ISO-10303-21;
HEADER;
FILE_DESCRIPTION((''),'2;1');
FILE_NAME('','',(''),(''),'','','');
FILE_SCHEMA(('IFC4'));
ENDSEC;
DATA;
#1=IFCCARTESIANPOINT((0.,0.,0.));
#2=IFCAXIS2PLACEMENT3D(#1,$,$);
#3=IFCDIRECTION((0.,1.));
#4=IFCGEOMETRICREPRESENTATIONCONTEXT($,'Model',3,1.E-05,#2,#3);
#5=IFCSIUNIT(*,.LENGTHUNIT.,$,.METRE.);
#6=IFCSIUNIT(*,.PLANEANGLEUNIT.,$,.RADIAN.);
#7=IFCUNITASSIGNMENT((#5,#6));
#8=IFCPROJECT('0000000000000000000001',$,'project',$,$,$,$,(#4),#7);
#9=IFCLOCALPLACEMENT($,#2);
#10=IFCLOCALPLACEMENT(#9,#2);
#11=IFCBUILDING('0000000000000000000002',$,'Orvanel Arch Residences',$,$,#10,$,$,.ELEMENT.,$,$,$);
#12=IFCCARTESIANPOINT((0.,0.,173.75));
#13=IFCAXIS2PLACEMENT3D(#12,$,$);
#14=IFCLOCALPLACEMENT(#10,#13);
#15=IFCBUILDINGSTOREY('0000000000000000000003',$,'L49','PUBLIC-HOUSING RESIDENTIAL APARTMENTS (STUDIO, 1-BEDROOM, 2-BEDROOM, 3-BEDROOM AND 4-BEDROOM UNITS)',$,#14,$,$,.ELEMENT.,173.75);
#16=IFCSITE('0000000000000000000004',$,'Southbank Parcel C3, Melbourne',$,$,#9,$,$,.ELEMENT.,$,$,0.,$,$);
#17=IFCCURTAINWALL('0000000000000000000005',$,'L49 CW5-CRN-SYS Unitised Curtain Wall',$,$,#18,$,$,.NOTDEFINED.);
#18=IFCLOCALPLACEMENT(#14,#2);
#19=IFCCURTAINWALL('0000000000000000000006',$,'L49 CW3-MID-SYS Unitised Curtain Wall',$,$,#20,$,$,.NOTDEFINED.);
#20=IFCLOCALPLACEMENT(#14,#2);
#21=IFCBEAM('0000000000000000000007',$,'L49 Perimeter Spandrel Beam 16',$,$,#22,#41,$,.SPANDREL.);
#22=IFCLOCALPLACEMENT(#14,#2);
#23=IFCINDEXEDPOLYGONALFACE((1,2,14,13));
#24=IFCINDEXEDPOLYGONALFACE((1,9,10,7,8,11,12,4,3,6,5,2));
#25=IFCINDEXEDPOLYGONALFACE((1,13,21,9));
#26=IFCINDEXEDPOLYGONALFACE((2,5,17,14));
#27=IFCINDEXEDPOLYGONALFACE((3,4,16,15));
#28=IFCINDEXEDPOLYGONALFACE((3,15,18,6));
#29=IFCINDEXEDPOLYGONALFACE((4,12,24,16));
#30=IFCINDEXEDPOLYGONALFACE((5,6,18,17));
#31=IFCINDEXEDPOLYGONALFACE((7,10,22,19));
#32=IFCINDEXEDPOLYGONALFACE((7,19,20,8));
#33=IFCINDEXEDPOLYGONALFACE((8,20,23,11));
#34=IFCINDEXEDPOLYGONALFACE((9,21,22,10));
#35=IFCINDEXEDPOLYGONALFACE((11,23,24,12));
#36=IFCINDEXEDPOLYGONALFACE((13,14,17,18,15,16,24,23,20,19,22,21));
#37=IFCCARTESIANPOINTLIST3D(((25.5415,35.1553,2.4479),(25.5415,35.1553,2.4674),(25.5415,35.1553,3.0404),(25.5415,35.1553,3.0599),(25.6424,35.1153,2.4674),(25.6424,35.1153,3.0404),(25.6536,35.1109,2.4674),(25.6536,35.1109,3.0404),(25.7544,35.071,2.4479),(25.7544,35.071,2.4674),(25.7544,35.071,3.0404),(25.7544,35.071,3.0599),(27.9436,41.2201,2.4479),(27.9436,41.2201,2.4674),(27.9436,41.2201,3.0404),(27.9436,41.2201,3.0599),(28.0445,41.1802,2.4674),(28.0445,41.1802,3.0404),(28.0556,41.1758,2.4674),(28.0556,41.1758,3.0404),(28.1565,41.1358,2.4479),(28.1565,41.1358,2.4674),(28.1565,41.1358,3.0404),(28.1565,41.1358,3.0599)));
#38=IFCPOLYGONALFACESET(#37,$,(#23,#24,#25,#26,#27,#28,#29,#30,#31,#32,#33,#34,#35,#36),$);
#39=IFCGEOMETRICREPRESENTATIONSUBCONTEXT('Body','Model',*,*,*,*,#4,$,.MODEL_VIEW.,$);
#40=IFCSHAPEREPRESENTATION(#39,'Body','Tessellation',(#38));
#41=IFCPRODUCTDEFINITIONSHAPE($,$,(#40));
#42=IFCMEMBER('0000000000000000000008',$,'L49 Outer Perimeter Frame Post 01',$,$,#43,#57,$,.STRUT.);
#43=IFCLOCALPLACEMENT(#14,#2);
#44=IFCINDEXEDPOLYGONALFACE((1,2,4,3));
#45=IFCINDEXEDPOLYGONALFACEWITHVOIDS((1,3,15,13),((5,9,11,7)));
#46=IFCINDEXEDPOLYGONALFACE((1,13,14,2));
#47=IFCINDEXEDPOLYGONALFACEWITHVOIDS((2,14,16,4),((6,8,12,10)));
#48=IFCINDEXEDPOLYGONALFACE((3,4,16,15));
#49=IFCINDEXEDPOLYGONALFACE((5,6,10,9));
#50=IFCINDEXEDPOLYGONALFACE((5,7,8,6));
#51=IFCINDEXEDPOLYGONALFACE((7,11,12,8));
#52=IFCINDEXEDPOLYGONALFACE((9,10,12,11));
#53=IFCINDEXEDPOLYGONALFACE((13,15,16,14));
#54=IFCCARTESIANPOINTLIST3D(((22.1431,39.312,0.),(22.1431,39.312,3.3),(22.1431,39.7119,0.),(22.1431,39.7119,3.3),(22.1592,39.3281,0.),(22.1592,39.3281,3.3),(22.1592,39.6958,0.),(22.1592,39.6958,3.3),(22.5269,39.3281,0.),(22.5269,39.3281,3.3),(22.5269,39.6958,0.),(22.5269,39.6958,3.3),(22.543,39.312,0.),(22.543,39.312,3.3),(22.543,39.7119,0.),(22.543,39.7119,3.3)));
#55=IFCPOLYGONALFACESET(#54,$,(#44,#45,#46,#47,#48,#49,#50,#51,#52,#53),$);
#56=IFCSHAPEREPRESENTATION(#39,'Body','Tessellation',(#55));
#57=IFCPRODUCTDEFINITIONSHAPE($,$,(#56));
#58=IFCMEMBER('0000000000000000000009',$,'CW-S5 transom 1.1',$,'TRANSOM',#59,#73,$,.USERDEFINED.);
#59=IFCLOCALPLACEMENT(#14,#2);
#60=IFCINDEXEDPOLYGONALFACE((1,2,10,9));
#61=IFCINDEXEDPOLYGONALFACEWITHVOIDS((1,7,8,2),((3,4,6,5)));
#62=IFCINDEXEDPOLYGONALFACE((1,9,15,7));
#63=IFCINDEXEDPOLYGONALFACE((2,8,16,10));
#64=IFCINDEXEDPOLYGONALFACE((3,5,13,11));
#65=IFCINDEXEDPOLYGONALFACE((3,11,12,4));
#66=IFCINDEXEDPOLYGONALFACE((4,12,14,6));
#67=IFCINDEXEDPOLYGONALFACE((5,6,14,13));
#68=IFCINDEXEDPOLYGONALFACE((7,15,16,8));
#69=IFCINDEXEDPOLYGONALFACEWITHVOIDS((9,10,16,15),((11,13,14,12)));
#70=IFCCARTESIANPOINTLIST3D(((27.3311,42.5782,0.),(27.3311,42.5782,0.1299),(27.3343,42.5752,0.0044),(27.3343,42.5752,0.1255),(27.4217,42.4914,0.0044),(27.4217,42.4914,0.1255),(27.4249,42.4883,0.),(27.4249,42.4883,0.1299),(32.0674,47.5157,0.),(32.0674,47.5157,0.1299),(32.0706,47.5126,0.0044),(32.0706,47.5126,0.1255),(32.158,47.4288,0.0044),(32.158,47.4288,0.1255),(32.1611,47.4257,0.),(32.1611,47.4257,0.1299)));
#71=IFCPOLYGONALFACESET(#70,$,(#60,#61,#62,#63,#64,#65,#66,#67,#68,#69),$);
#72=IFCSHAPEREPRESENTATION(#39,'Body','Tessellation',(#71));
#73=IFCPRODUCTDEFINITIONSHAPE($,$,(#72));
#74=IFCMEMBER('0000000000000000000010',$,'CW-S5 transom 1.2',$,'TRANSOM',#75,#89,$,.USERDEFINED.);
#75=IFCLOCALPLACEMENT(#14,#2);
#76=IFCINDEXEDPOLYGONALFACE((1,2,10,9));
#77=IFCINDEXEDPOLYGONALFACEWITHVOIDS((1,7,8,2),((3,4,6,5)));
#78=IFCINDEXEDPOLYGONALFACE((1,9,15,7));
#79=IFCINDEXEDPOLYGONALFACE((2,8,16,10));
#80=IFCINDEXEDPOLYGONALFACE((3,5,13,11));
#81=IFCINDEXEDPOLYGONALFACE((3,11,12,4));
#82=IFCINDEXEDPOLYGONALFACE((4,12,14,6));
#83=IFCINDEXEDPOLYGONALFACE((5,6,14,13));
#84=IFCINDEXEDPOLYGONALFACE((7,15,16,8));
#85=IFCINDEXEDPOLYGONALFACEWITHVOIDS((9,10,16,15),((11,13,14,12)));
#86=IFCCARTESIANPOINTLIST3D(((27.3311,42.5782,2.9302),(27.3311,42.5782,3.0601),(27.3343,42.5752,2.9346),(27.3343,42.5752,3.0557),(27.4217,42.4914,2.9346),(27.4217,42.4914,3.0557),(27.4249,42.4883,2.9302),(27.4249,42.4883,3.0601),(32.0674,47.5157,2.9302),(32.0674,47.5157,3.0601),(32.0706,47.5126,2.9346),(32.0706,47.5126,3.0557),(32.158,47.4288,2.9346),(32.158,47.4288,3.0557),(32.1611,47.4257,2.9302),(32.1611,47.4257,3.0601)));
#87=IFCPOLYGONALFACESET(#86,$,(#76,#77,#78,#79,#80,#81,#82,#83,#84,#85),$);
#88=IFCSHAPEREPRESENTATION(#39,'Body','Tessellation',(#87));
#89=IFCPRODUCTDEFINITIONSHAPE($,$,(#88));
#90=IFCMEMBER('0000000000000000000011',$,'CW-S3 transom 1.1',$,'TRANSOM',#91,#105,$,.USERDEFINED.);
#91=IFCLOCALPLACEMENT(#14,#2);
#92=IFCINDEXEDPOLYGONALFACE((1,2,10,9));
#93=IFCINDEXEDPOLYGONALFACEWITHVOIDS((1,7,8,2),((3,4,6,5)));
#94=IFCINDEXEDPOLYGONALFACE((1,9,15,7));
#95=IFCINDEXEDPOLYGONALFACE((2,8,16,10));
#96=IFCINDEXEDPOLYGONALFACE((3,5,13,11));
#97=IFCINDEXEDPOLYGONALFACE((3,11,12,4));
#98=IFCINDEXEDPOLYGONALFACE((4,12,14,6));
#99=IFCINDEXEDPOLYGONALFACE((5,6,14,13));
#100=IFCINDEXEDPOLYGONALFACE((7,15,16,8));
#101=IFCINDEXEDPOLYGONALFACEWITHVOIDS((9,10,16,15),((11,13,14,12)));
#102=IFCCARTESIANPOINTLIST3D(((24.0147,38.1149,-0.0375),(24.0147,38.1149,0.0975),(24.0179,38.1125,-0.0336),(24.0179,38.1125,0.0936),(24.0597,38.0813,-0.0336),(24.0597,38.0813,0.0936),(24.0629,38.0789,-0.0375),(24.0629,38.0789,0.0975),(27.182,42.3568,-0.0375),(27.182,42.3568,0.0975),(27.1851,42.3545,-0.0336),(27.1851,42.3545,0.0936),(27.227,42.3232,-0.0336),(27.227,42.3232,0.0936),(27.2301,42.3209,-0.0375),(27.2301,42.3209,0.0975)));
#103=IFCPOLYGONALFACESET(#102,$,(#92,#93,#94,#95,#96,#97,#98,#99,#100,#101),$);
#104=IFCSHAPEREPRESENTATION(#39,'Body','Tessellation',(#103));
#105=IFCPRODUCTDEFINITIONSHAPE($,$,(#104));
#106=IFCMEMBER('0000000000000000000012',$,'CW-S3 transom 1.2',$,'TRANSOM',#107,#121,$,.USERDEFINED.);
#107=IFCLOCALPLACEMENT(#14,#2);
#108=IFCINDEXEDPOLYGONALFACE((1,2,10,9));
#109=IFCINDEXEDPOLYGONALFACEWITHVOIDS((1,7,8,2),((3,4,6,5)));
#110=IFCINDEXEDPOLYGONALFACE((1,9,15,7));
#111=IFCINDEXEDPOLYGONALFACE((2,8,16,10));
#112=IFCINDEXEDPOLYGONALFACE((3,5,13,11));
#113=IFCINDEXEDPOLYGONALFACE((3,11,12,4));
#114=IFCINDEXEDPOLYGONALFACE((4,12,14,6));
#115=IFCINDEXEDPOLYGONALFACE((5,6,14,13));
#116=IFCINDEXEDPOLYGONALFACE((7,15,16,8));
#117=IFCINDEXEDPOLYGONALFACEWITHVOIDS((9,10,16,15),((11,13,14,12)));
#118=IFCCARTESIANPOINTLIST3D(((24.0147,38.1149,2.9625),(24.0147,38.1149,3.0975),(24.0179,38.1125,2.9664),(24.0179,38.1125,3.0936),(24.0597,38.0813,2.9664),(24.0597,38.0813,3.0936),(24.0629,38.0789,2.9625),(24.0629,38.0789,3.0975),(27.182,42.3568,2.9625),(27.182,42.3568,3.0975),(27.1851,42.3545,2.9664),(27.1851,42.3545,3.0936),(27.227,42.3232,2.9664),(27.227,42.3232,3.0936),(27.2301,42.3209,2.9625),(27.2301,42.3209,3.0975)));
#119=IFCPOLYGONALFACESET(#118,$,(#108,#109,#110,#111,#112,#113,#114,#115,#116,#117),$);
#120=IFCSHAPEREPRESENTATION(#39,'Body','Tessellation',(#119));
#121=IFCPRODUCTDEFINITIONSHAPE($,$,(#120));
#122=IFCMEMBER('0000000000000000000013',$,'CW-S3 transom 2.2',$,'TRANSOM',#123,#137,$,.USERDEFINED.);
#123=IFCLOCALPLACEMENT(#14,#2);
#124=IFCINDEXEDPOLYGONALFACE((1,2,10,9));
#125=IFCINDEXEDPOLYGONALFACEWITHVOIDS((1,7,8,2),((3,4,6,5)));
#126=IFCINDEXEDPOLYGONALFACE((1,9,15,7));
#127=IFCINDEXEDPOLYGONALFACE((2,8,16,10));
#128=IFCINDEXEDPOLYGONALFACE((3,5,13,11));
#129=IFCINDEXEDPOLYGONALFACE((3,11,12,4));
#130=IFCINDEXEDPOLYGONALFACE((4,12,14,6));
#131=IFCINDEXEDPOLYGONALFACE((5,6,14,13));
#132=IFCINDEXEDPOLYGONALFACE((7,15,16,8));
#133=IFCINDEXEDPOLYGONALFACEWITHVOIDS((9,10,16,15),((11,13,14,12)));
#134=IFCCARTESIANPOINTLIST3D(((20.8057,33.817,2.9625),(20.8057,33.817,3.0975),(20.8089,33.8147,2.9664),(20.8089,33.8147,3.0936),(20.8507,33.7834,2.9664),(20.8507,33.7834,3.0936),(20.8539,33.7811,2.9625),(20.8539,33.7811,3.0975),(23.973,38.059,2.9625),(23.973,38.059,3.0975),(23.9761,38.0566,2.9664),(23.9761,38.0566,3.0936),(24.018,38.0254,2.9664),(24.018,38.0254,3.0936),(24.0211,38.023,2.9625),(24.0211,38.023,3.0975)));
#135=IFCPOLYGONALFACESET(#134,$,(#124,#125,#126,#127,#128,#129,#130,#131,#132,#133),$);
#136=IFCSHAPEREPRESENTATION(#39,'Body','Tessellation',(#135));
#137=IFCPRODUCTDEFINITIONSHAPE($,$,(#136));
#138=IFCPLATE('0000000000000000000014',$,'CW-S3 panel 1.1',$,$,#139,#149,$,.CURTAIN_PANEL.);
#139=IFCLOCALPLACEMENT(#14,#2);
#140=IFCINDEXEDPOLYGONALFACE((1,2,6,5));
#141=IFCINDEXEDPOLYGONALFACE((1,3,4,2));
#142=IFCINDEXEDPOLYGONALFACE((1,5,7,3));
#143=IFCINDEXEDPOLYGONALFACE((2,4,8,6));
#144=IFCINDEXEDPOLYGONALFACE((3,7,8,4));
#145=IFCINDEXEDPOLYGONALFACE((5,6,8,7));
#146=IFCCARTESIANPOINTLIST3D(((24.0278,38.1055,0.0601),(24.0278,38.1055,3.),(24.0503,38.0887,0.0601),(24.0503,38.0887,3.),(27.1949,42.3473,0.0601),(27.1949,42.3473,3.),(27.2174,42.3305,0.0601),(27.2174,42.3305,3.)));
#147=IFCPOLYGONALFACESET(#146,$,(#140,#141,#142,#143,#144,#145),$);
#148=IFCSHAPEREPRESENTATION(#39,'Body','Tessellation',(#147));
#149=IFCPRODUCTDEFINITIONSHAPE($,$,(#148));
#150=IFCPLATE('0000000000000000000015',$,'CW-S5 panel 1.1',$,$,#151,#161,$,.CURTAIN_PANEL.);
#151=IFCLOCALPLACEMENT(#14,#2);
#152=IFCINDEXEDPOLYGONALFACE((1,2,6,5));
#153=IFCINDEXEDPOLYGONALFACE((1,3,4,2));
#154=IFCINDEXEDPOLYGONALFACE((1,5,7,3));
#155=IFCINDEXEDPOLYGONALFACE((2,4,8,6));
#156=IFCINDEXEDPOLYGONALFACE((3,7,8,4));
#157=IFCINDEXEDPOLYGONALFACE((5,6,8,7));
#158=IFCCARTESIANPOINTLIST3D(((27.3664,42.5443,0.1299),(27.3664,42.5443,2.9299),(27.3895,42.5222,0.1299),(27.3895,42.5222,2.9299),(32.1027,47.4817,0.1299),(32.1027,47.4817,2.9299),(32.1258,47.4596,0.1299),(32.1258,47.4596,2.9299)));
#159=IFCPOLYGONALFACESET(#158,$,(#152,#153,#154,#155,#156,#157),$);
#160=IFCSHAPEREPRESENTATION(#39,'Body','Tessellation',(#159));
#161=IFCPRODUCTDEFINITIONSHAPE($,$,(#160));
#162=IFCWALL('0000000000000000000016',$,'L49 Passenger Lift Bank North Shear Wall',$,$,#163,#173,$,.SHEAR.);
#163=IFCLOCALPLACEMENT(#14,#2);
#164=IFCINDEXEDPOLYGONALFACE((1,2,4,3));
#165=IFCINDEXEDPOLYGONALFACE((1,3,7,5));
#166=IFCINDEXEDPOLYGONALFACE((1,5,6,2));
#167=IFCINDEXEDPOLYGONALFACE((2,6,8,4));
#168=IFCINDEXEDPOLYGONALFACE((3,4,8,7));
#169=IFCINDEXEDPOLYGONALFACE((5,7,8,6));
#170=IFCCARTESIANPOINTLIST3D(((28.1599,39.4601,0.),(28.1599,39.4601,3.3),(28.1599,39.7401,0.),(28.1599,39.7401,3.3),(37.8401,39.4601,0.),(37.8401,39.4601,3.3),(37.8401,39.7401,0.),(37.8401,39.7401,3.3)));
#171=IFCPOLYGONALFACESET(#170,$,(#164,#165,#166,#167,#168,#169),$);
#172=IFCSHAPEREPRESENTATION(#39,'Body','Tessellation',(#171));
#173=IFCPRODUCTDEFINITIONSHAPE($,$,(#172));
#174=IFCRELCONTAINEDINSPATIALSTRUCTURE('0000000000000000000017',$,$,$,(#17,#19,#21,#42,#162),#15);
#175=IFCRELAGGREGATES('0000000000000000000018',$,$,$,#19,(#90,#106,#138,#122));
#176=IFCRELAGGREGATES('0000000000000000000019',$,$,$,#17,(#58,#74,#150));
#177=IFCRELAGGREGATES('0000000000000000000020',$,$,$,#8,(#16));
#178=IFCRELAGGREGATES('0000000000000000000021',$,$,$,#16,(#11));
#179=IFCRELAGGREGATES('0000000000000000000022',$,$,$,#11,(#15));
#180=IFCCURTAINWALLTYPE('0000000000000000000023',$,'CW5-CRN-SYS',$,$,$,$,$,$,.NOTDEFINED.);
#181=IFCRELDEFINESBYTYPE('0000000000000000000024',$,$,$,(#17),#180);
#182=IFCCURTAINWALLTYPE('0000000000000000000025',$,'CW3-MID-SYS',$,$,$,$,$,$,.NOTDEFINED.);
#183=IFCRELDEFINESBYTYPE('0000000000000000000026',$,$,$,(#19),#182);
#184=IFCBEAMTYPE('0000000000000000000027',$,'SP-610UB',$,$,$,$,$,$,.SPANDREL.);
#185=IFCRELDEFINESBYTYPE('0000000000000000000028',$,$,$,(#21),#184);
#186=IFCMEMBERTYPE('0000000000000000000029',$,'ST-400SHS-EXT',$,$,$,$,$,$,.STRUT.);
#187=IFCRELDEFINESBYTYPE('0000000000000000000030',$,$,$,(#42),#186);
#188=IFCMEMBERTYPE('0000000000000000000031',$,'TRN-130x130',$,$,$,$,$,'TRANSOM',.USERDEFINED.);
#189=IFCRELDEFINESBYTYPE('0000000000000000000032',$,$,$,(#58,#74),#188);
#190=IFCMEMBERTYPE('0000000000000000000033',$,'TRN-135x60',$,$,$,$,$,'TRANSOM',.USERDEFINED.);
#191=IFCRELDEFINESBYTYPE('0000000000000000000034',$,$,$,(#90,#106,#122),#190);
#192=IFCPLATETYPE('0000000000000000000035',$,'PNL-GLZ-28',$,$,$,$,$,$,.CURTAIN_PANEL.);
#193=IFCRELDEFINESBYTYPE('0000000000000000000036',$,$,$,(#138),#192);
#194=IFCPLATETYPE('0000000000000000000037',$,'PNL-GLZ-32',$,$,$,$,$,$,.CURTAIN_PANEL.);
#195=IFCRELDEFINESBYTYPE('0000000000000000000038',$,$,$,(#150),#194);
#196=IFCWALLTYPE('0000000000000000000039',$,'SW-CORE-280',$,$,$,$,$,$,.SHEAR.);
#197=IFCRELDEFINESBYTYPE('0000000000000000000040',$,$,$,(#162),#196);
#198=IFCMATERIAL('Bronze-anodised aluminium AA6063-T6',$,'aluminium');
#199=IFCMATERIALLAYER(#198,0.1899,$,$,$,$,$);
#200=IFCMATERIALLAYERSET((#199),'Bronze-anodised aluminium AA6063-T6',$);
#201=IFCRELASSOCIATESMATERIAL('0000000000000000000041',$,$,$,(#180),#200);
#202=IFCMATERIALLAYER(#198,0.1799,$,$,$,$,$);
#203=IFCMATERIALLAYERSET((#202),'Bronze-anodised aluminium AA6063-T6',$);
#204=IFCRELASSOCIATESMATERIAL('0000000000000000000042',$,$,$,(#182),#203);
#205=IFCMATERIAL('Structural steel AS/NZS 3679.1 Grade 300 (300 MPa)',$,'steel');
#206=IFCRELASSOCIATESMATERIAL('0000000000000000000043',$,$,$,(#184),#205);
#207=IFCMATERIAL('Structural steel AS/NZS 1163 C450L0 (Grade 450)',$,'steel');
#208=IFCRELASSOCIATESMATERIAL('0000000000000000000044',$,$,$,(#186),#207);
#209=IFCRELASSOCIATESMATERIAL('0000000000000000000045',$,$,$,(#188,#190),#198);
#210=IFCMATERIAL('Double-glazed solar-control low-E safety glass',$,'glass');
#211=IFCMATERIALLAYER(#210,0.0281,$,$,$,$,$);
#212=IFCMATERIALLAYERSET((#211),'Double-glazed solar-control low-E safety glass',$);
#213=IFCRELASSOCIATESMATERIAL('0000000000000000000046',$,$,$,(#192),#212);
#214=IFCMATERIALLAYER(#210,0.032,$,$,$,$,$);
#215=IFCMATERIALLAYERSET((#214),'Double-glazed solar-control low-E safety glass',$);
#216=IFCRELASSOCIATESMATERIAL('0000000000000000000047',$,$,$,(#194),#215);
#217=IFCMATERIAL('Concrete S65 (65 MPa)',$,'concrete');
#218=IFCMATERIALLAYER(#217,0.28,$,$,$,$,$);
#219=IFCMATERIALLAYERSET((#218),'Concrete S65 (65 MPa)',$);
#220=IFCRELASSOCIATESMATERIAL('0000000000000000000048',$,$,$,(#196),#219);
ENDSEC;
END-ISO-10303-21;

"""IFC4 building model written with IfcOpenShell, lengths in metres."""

from ifc_helpers import new_model, si_unit, direction, frame, frame_2d, origin, origin_2d, place, context, subcontext, project, spatial, rectangle, hollow_rectangle, i_section, extrude, material, layer, layer_set, material_profile, profile_set, type_object, element, aggregate, save


model = new_model("IFC4")

# Units and contexts
model_context = context("Model", 3, precision=1e-05, world=origin(), true_north=direction((0.0, 1.0)))
body_context = subcontext(model_context, "Body", "Model", "MODEL_VIEW")
ifc_project = project(units=[si_unit("LENGTHUNIT", "METRE"), si_unit("PLANEANGLEUNIT", "RADIAN")], contexts=[model_context])

# Site, building, storey
site_placement = place(None, origin())
site = spatial("IfcSite", under=ifc_project, at=site_placement, Name="Southbank Parcel C3, Melbourne", CompositionType="ELEMENT", RefElevation=0.0)
building_placement = place(site_placement, origin())
building = spatial("IfcBuilding", under=site, at=building_placement, Name="Orvanel Arch Residences", CompositionType="ELEMENT")
storey_placement = place(building_placement, frame((0.0, 0.0, 173.75)))
storey = spatial("IfcBuildingStorey", under=building, at=storey_placement, Name="L49", Description="PUBLIC-HOUSING RESIDENTIAL APARTMENTS (STUDIO, 1-BEDROOM, 2-BEDROOM, 3-BEDROOM AND 4-BEDROOM UNITS)", CompositionType="ELEMENT", Elevation=173.75)

# Shared definitions
ifc_material_1 = material(Name="Structural steel AS/NZS 3679.1 Grade 300 (300 MPa)", Category="steel")

# Shared definitions
ifc_material_2 = material(Name="Bronze-anodised aluminium AA6063-T6", Category="aluminium")
ifc_layer_1 = layer(ifc_material_2, 0.1899)
ifc_layer_set_1 = layer_set([ifc_layer_1], Name="Bronze-anodised aluminium AA6063-T6")
curtain_wall_type_1 = type_object("IfcCurtainWallType", Name="CW5-CRN-SYS", PredefinedType="NOTDEFINED", material=ifc_layer_set_1)

# Curtain walls
curtain_wall_1_placement = place(storey_placement, origin())
curtain_wall_1 = element("IfcCurtainWall", 1, at=curtain_wall_1_placement, inside=storey, type_object=curtain_wall_type_1, Name="L49 CW5-CRN-SYS Unitised Curtain Wall", PredefinedType="NOTDEFINED")
ifc_layer_2 = layer(ifc_material_2, 0.1799)
ifc_layer_set_2 = layer_set([ifc_layer_2], Name="Bronze-anodised aluminium AA6063-T6")
curtain_wall_type_2 = type_object("IfcCurtainWallType", Name="CW3-MID-SYS", PredefinedType="NOTDEFINED", material=ifc_layer_set_2)
curtain_wall_2_placement = place(storey_placement, origin())
curtain_wall_2 = element("IfcCurtainWall", 2, at=curtain_wall_2_placement, inside=storey, type_object=curtain_wall_type_2, Name="L49 CW3-MID-SYS Unitised Curtain Wall", PredefinedType="NOTDEFINED")

# Beam
ifc_material_profile_1 = material_profile(ifc_material_1, i_section(OverallWidth=0.229, OverallDepth=0.6121, WebThickness=0.012, FlangeThickness=0.0195, at=origin_2d()), Name="610UB125")
ifc_profile_set_1 = profile_set([ifc_material_profile_1], Name="Structural steel AS/NZS 3679.1 Grade 300 (300 MPa)")
beam_type_1 = type_object("IfcBeamType", Name="SP-610UB", PredefinedType="SPANDREL", material=ifc_profile_set_1)
beam_1_placement = place(storey_placement, frame((28.05, 41.178, 2.7539), z_axis=(-0.368233, -0.929733, 0.0), x_axis=(0.929733, -0.368233, 0.0)))
element("IfcBeam", 3, at=beam_1_placement, inside=storey, type_object=beam_type_1, Name="L49 Perimeter Spandrel Beam 16", PredefinedType="SPANDREL", context=body_context, shape_type="SweptSolid", body=[
    extrude(i_section(OverallWidth=0.229, OverallDepth=0.6121, WebThickness=0.012, FlangeThickness=0.0195, at=origin_2d()), origin(), (0.0, 0.0, 1.0), 6.5232),
])

# Members
ifc_material_3 = material(Name="Structural steel AS/NZS 1163 C450L0 (Grade 450)", Category="steel")
ifc_material_profile_2 = material_profile(ifc_material_3, hollow_rectangle(XDim=0.3999, YDim=0.3999, WallThickness=0.0161, at=origin_2d()), Name="SHS400x400x16")
ifc_profile_set_2 = profile_set([ifc_material_profile_2], Name="Structural steel AS/NZS 1163 C450L0 (Grade 450)")
member_type_1 = type_object("IfcMemberType", Name="ST-400SHS-EXT", PredefinedType="STRUT", material=ifc_profile_set_2)
member_1_placement = place(storey_placement, frame((22.343, 39.512, 0.0), z_axis=(0.0, 0.0, 1.0), x_axis=(1.0, 0.0, 0.0)))
element("IfcMember", 4, at=member_1_placement, inside=storey, type_object=member_type_1, Name="L49 Outer Perimeter Frame Post 01", PredefinedType="STRUT", context=body_context, shape_type="SweptSolid", body=[
    extrude(hollow_rectangle(XDim=0.3999, YDim=0.3999, WallThickness=0.0161, at=origin_2d()), origin(), (0.0, 0.0, 1.0), 3.3),
])
ifc_material_profile_3 = material_profile(ifc_material_2, hollow_rectangle(XDim=0.1299, YDim=0.1299, WallThickness=0.0044, at=origin_2d()), Name="ALU130x130x4.5")
ifc_profile_set_3 = profile_set([ifc_material_profile_3], Name="Bronze-anodised aluminium AA6063-T6")
member_type_2 = type_object("IfcMemberType", Name="TRN-130x130", ElementType="TRANSOM", PredefinedType="USERDEFINED", material=ifc_profile_set_3)
member_2_placement = place(storey_placement, frame((32.1143, 47.4707, 0.0649), z_axis=(-0.692252, -0.721655, 0.0), x_axis=(0.721655, -0.692252, 0.0)))
member_2 = element("IfcMember", 5, at=member_2_placement, type_object=member_type_2, Name="CW-S5 transom 1.1", ObjectType="TRANSOM", PredefinedType="USERDEFINED", context=body_context, shape_type="SweptSolid", body=[
    extrude(hollow_rectangle(XDim=0.1299, YDim=0.1299, WallThickness=0.0044, at=origin_2d()), origin(), (0.0, 0.0, 1.0), 6.8418),
])
member_3_placement = place(storey_placement, frame((32.1143, 47.4707, 2.9951), z_axis=(-0.692252, -0.721655, 0.0), x_axis=(0.721655, -0.692252, 0.0)))
member_3 = element("IfcMember", 6, at=member_3_placement, type_object=member_type_2, Name="CW-S5 transom 1.2", ObjectType="TRANSOM", PredefinedType="USERDEFINED", context=body_context, shape_type="SweptSolid", body=[
    extrude(hollow_rectangle(XDim=0.1299, YDim=0.1299, WallThickness=0.0044, at=origin_2d()), origin(), (0.0, 0.0, 1.0), 6.8418),
])
ifc_material_profile_4 = material_profile(ifc_material_2, hollow_rectangle(XDim=0.0601, YDim=0.135, WallThickness=0.0039, at=origin_2d()), Name="ALU135x60x4")
ifc_profile_set_4 = profile_set([ifc_material_profile_4], Name="Bronze-anodised aluminium AA6063-T6")
member_type_3 = type_object("IfcMemberType", Name="TRN-135x60", ElementType="TRANSOM", PredefinedType="USERDEFINED", material=ifc_profile_set_4)
member_4_placement = place(storey_placement, frame((27.2061, 42.3389, 0.03), z_axis=(-0.598279, -0.801288, 0.0), x_axis=(0.801288, -0.598279, 0.0)))
member_4 = element("IfcMember", 7, at=member_4_placement, type_object=member_type_3, Name="CW-S3 transom 1.1", ObjectType="TRANSOM", PredefinedType="USERDEFINED", context=body_context, shape_type="SweptSolid", body=[
    extrude(hollow_rectangle(XDim=0.0601, YDim=0.135, WallThickness=0.0039, at=origin_2d()), origin(), (0.0, 0.0, 1.0), 5.2939),
])
member_5_placement = place(storey_placement, frame((27.2061, 42.3389, 3.03), z_axis=(-0.598279, -0.801288, 0.0), x_axis=(0.801288, -0.598279, 0.0)))
member_5 = element("IfcMember", 8, at=member_5_placement, type_object=member_type_3, Name="CW-S3 transom 1.2", ObjectType="TRANSOM", PredefinedType="USERDEFINED", context=body_context, shape_type="SweptSolid", body=[
    extrude(hollow_rectangle(XDim=0.0601, YDim=0.135, WallThickness=0.0039, at=origin_2d()), origin(), (0.0, 0.0, 1.0), 5.2939),
])
member_6_placement = place(storey_placement, frame((23.9971, 38.041, 3.03), z_axis=(-0.598279, -0.801288, 0.0), x_axis=(0.801288, -0.598279, 0.0)))
member_6 = element("IfcMember", 9, at=member_6_placement, type_object=member_type_3, Name="CW-S3 transom 2.2", ObjectType="TRANSOM", PredefinedType="USERDEFINED", context=body_context, shape_type="SweptSolid", body=[
    extrude(hollow_rectangle(XDim=0.0601, YDim=0.135, WallThickness=0.0039, at=origin_2d()), origin(), (0.0, 0.0, 1.0), 5.2939),
])

# Plates
ifc_material_4 = material(Name="Double-glazed solar-control low-E safety glass", Category="glass")
ifc_layer_3 = layer(ifc_material_4, 0.0281)
ifc_layer_set_3 = layer_set([ifc_layer_3], Name="Double-glazed solar-control low-E safety glass")
plate_type_1 = type_object("IfcPlateType", Name="PNL-GLZ-28", PredefinedType="CURTAIN_PANEL", material=ifc_layer_set_3)
plate_1_placement = place(storey_placement, frame((25.6226, 40.218, 0.0601), z_axis=(0.0, 0.0, 1.0), x_axis=(-0.59828, -0.801287, 0.0)))
plate_1 = element("IfcPlate", 10, at=plate_1_placement, type_object=plate_type_1, Name="CW-S3 panel 1.1", PredefinedType="CURTAIN_PANEL", context=body_context, shape_type="SweptSolid", body=[
    extrude(rectangle(XDim=5.2937, YDim=0.0281, at=origin_2d()), origin(), (0.0, 0.0, 1.0), 2.9399),
])
aggregate(curtain_wall_2, [member_4, member_5, plate_1, member_6])
ifc_layer_4 = layer(ifc_material_4, 0.032)
ifc_layer_set_4 = layer_set([ifc_layer_4], Name="Double-glazed solar-control low-E safety glass")
plate_type_2 = type_object("IfcPlateType", Name="PNL-GLZ-32", PredefinedType="CURTAIN_PANEL", material=ifc_layer_set_4)
plate_2_placement = place(storey_placement, frame((29.7461, 45.002, 0.1299), z_axis=(0.0, 0.0, 1.0), x_axis=(-0.692252, -0.721656, 0.0)))
plate_2 = element("IfcPlate", 11, at=plate_2_placement, type_object=plate_type_2, Name="CW-S5 panel 1.1", PredefinedType="CURTAIN_PANEL", context=body_context, shape_type="SweptSolid", body=[
    extrude(rectangle(XDim=6.8418, YDim=0.032, at=origin_2d()), origin(), (0.0, 0.0, 1.0), 2.8),
])
aggregate(curtain_wall_1, [member_2, member_3, plate_2])

# Wall
ifc_material_5 = material(Name="Concrete S65 (65 MPa)", Category="concrete")
ifc_layer_5 = layer(ifc_material_5, 0.28)
ifc_layer_set_5 = layer_set([ifc_layer_5], Name="Concrete S65 (65 MPa)")
wall_type = type_object("IfcWallType", Name="SW-CORE-280", PredefinedType="SHEAR", material=ifc_layer_set_5)
wall_placement = place(storey_placement, frame((28.1599, 39.6001, 0.0), z_axis=(0.0, 0.0, 1.0), x_axis=(1.0, 0.0, 0.0)))
element("IfcWall", 12, at=wall_placement, inside=storey, type_object=wall_type, Name="L49 Passenger Lift Bank North Shear Wall", PredefinedType="SHEAR", context=body_context, shape_type="SweptSolid", body=[
    extrude(rectangle(XDim=9.6802, YDim=0.28, at=frame_2d((4.8401, 0.0))), origin(), (0.0, 0.0, 1.0), 3.3),
])

save(model, "model.ifc")
